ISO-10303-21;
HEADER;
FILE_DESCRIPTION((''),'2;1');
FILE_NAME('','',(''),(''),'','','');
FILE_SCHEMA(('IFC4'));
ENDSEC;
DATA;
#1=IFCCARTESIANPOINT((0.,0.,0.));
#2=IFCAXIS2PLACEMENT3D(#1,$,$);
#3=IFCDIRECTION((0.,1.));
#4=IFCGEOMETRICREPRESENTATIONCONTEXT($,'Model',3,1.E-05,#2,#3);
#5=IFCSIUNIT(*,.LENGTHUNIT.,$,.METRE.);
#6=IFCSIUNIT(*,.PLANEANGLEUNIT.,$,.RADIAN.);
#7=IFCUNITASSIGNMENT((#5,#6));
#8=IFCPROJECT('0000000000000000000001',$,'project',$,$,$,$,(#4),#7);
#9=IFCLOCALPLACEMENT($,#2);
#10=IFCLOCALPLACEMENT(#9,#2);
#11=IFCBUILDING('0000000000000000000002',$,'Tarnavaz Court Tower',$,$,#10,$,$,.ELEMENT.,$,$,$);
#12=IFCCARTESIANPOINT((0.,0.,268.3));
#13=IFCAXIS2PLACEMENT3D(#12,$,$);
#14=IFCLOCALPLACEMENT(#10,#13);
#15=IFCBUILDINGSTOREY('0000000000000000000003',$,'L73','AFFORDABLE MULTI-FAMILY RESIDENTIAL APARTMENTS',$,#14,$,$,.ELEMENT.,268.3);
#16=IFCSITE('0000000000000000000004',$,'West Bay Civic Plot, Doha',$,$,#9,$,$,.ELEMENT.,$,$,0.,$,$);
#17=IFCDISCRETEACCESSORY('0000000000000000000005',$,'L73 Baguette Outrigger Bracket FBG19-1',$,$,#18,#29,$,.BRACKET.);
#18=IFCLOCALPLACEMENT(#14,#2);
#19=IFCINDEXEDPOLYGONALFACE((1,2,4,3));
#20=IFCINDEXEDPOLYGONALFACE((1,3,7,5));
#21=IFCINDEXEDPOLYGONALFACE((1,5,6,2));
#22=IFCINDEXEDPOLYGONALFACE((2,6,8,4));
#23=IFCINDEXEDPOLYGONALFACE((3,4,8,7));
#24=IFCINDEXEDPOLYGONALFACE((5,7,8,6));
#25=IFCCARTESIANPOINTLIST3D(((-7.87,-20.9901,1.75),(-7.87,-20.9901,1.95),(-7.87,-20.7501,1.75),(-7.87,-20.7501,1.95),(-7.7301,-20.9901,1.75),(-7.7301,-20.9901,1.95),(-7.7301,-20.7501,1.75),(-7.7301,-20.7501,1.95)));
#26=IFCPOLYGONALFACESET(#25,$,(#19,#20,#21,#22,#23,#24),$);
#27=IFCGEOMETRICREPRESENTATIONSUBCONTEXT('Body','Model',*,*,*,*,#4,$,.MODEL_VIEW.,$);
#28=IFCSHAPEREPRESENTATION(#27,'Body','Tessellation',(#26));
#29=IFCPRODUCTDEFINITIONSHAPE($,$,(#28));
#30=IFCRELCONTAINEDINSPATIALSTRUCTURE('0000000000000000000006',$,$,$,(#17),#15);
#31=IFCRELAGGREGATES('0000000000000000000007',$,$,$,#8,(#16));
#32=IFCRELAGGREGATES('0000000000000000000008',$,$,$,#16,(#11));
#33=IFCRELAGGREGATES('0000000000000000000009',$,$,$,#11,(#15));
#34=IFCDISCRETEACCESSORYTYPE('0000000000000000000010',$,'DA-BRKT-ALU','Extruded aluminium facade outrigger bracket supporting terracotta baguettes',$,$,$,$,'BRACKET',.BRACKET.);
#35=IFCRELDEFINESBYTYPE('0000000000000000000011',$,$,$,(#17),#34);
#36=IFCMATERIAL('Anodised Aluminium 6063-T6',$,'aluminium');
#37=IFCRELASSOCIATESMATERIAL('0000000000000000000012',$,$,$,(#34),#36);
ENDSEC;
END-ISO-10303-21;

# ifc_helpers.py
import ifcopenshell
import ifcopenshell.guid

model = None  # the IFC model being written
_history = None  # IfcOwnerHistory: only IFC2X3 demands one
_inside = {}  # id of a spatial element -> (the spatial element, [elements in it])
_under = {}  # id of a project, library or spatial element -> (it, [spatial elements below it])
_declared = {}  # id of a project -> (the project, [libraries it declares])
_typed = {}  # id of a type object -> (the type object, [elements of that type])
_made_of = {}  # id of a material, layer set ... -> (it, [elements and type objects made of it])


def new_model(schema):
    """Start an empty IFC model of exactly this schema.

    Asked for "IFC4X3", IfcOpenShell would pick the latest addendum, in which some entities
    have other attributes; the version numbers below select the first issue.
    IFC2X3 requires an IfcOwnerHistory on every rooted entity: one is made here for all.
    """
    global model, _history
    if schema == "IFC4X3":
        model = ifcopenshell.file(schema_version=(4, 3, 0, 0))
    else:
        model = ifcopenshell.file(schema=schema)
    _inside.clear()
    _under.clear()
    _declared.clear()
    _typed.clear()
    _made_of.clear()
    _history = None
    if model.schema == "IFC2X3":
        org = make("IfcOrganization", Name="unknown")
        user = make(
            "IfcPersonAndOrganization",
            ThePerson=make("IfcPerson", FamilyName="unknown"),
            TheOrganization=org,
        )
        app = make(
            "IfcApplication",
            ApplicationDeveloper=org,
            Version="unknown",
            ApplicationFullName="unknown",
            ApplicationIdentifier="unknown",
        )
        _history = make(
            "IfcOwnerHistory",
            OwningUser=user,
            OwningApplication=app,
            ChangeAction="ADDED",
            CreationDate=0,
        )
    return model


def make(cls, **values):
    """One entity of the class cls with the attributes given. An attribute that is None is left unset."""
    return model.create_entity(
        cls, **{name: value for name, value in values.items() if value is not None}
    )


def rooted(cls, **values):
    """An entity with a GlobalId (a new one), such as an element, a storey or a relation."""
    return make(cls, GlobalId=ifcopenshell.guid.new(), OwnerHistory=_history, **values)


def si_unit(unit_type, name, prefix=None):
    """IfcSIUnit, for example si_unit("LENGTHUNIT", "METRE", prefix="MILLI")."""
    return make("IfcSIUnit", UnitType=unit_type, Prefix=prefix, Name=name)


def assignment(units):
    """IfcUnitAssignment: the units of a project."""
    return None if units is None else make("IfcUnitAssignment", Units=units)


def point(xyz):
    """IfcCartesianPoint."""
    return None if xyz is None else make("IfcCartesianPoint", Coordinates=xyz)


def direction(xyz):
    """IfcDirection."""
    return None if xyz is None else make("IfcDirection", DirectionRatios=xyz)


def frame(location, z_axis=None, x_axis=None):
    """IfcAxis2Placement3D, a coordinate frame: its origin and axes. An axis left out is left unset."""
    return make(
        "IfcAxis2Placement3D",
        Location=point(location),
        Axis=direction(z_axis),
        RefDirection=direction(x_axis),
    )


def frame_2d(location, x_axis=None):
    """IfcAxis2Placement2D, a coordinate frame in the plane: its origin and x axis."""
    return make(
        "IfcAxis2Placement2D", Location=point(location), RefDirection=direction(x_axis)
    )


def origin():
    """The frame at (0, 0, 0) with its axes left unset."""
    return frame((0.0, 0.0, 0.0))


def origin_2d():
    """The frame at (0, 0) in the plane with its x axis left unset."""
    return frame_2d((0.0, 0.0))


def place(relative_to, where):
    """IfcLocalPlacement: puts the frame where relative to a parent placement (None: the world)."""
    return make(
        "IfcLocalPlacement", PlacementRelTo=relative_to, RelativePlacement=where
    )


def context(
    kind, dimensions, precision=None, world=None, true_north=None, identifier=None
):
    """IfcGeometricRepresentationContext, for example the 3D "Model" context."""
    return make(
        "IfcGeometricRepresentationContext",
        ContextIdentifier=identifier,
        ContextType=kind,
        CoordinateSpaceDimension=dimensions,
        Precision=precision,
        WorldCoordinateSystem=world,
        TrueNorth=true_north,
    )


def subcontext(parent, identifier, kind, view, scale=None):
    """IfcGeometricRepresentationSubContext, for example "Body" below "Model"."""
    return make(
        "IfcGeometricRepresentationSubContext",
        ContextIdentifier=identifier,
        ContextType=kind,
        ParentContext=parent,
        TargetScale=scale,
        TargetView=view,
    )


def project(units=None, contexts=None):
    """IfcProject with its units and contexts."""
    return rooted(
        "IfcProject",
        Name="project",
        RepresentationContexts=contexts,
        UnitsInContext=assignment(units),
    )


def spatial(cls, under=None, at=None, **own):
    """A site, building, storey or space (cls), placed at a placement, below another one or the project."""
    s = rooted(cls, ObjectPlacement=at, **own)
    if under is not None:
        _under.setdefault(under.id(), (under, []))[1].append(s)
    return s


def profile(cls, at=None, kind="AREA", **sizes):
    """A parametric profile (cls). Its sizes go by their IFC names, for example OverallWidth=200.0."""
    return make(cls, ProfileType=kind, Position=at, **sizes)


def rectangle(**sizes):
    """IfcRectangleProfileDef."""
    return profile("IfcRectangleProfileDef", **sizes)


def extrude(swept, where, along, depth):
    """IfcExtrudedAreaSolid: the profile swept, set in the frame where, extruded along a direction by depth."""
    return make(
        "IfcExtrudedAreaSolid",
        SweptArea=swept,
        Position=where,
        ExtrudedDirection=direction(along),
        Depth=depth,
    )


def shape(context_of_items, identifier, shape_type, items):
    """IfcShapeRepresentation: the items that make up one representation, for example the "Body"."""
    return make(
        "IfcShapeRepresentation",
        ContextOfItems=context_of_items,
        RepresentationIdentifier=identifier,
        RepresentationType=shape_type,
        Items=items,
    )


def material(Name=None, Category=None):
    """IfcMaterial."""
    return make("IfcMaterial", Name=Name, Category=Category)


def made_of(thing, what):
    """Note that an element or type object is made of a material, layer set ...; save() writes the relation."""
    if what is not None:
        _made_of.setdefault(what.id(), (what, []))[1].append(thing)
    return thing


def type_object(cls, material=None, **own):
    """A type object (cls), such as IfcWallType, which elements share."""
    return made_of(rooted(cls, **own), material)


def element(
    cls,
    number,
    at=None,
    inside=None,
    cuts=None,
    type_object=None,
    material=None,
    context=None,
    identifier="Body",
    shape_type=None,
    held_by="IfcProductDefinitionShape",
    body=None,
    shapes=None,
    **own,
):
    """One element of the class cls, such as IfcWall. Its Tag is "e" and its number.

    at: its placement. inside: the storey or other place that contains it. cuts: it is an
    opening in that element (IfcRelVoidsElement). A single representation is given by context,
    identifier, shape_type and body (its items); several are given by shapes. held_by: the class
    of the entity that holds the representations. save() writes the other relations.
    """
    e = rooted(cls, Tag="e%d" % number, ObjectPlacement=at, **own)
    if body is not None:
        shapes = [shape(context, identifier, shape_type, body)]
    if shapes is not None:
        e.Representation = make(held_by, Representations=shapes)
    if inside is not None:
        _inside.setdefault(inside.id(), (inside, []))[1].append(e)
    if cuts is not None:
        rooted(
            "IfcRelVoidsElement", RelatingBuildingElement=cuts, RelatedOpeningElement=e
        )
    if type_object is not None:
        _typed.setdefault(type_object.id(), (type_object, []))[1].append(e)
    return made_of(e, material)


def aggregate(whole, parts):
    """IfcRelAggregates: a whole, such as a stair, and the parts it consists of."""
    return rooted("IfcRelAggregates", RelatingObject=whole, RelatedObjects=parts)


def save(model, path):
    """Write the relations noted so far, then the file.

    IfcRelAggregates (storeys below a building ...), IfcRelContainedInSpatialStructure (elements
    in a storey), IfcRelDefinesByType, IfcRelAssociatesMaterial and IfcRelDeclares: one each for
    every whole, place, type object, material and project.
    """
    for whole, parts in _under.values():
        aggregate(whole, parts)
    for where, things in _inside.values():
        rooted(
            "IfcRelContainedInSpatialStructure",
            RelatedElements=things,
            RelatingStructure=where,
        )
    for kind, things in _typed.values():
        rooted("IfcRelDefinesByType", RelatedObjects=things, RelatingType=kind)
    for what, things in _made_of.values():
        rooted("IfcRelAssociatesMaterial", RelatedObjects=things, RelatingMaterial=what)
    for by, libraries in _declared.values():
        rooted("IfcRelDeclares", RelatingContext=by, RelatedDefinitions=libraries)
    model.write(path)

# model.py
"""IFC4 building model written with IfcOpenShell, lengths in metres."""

from ifc_helpers import new_model, si_unit, direction, frame, origin, origin_2d, place, context, subcontext, project, spatial, rectangle, extrude, material, type_object, element, save


model = new_model("IFC4")

# Units and contexts
model_context = context("Model", 3, precision=1e-05, world=origin(), true_north=direction((0.0, 1.0)))
body_context = subcontext(model_context, "Body", "Model", "MODEL_VIEW")
ifc_project = project(units=[si_unit("LENGTHUNIT", "METRE"), si_unit("PLANEANGLEUNIT", "RADIAN")], contexts=[model_context])

# Site, building, storey
site_placement = place(None, origin())
site = spatial("IfcSite", under=ifc_project, at=site_placement, Name="West Bay Civic Plot, Doha", CompositionType="ELEMENT", RefElevation=0.0)
building_placement = place(site_placement, origin())
building = spatial("IfcBuilding", under=site, at=building_placement, Name="Tarnavaz Court Tower", CompositionType="ELEMENT")
storey_placement = place(building_placement, frame((0.0, 0.0, 268.3)))
storey = spatial("IfcBuildingStorey", under=building, at=storey_placement, Name="L73", Description="AFFORDABLE MULTI-FAMILY RESIDENTIAL APARTMENTS", CompositionType="ELEMENT", Elevation=268.3)

# Shared definitions
ifc_material_1 = material(Name="Anodised Aluminium 6063-T6", Category="aluminium")

# Discrete accessory
discrete_accessory_type = type_object("IfcDiscreteAccessoryType", Name="DA-BRKT-ALU", Description="Extruded aluminium facade outrigger bracket supporting terracotta baguettes", ElementType="BRACKET", PredefinedType="BRACKET", material=ifc_material_1)
for number, where, z_axis, x_axis, name in (
    (1, (-7.8, -20.8701, 1.75), (0.0, 0.0, 1.0), (-1.0, 0.0, 0.0), "L73 Baguette Outrigger Bracket FBG19-1"),
):
    element("IfcDiscreteAccessory", number, at=place(storey_placement, frame(where, z_axis=z_axis, x_axis=x_axis)), inside=storey, type_object=discrete_accessory_type, Name=name, PredefinedType="BRACKET", context=body_context, shape_type="SweptSolid", body=[
        extrude(rectangle(XDim=0.1399, YDim=0.24, at=origin_2d()), origin(), (0.0, 0.0, 1.0), 0.2),
    ])

save(model, "model.ifc")
